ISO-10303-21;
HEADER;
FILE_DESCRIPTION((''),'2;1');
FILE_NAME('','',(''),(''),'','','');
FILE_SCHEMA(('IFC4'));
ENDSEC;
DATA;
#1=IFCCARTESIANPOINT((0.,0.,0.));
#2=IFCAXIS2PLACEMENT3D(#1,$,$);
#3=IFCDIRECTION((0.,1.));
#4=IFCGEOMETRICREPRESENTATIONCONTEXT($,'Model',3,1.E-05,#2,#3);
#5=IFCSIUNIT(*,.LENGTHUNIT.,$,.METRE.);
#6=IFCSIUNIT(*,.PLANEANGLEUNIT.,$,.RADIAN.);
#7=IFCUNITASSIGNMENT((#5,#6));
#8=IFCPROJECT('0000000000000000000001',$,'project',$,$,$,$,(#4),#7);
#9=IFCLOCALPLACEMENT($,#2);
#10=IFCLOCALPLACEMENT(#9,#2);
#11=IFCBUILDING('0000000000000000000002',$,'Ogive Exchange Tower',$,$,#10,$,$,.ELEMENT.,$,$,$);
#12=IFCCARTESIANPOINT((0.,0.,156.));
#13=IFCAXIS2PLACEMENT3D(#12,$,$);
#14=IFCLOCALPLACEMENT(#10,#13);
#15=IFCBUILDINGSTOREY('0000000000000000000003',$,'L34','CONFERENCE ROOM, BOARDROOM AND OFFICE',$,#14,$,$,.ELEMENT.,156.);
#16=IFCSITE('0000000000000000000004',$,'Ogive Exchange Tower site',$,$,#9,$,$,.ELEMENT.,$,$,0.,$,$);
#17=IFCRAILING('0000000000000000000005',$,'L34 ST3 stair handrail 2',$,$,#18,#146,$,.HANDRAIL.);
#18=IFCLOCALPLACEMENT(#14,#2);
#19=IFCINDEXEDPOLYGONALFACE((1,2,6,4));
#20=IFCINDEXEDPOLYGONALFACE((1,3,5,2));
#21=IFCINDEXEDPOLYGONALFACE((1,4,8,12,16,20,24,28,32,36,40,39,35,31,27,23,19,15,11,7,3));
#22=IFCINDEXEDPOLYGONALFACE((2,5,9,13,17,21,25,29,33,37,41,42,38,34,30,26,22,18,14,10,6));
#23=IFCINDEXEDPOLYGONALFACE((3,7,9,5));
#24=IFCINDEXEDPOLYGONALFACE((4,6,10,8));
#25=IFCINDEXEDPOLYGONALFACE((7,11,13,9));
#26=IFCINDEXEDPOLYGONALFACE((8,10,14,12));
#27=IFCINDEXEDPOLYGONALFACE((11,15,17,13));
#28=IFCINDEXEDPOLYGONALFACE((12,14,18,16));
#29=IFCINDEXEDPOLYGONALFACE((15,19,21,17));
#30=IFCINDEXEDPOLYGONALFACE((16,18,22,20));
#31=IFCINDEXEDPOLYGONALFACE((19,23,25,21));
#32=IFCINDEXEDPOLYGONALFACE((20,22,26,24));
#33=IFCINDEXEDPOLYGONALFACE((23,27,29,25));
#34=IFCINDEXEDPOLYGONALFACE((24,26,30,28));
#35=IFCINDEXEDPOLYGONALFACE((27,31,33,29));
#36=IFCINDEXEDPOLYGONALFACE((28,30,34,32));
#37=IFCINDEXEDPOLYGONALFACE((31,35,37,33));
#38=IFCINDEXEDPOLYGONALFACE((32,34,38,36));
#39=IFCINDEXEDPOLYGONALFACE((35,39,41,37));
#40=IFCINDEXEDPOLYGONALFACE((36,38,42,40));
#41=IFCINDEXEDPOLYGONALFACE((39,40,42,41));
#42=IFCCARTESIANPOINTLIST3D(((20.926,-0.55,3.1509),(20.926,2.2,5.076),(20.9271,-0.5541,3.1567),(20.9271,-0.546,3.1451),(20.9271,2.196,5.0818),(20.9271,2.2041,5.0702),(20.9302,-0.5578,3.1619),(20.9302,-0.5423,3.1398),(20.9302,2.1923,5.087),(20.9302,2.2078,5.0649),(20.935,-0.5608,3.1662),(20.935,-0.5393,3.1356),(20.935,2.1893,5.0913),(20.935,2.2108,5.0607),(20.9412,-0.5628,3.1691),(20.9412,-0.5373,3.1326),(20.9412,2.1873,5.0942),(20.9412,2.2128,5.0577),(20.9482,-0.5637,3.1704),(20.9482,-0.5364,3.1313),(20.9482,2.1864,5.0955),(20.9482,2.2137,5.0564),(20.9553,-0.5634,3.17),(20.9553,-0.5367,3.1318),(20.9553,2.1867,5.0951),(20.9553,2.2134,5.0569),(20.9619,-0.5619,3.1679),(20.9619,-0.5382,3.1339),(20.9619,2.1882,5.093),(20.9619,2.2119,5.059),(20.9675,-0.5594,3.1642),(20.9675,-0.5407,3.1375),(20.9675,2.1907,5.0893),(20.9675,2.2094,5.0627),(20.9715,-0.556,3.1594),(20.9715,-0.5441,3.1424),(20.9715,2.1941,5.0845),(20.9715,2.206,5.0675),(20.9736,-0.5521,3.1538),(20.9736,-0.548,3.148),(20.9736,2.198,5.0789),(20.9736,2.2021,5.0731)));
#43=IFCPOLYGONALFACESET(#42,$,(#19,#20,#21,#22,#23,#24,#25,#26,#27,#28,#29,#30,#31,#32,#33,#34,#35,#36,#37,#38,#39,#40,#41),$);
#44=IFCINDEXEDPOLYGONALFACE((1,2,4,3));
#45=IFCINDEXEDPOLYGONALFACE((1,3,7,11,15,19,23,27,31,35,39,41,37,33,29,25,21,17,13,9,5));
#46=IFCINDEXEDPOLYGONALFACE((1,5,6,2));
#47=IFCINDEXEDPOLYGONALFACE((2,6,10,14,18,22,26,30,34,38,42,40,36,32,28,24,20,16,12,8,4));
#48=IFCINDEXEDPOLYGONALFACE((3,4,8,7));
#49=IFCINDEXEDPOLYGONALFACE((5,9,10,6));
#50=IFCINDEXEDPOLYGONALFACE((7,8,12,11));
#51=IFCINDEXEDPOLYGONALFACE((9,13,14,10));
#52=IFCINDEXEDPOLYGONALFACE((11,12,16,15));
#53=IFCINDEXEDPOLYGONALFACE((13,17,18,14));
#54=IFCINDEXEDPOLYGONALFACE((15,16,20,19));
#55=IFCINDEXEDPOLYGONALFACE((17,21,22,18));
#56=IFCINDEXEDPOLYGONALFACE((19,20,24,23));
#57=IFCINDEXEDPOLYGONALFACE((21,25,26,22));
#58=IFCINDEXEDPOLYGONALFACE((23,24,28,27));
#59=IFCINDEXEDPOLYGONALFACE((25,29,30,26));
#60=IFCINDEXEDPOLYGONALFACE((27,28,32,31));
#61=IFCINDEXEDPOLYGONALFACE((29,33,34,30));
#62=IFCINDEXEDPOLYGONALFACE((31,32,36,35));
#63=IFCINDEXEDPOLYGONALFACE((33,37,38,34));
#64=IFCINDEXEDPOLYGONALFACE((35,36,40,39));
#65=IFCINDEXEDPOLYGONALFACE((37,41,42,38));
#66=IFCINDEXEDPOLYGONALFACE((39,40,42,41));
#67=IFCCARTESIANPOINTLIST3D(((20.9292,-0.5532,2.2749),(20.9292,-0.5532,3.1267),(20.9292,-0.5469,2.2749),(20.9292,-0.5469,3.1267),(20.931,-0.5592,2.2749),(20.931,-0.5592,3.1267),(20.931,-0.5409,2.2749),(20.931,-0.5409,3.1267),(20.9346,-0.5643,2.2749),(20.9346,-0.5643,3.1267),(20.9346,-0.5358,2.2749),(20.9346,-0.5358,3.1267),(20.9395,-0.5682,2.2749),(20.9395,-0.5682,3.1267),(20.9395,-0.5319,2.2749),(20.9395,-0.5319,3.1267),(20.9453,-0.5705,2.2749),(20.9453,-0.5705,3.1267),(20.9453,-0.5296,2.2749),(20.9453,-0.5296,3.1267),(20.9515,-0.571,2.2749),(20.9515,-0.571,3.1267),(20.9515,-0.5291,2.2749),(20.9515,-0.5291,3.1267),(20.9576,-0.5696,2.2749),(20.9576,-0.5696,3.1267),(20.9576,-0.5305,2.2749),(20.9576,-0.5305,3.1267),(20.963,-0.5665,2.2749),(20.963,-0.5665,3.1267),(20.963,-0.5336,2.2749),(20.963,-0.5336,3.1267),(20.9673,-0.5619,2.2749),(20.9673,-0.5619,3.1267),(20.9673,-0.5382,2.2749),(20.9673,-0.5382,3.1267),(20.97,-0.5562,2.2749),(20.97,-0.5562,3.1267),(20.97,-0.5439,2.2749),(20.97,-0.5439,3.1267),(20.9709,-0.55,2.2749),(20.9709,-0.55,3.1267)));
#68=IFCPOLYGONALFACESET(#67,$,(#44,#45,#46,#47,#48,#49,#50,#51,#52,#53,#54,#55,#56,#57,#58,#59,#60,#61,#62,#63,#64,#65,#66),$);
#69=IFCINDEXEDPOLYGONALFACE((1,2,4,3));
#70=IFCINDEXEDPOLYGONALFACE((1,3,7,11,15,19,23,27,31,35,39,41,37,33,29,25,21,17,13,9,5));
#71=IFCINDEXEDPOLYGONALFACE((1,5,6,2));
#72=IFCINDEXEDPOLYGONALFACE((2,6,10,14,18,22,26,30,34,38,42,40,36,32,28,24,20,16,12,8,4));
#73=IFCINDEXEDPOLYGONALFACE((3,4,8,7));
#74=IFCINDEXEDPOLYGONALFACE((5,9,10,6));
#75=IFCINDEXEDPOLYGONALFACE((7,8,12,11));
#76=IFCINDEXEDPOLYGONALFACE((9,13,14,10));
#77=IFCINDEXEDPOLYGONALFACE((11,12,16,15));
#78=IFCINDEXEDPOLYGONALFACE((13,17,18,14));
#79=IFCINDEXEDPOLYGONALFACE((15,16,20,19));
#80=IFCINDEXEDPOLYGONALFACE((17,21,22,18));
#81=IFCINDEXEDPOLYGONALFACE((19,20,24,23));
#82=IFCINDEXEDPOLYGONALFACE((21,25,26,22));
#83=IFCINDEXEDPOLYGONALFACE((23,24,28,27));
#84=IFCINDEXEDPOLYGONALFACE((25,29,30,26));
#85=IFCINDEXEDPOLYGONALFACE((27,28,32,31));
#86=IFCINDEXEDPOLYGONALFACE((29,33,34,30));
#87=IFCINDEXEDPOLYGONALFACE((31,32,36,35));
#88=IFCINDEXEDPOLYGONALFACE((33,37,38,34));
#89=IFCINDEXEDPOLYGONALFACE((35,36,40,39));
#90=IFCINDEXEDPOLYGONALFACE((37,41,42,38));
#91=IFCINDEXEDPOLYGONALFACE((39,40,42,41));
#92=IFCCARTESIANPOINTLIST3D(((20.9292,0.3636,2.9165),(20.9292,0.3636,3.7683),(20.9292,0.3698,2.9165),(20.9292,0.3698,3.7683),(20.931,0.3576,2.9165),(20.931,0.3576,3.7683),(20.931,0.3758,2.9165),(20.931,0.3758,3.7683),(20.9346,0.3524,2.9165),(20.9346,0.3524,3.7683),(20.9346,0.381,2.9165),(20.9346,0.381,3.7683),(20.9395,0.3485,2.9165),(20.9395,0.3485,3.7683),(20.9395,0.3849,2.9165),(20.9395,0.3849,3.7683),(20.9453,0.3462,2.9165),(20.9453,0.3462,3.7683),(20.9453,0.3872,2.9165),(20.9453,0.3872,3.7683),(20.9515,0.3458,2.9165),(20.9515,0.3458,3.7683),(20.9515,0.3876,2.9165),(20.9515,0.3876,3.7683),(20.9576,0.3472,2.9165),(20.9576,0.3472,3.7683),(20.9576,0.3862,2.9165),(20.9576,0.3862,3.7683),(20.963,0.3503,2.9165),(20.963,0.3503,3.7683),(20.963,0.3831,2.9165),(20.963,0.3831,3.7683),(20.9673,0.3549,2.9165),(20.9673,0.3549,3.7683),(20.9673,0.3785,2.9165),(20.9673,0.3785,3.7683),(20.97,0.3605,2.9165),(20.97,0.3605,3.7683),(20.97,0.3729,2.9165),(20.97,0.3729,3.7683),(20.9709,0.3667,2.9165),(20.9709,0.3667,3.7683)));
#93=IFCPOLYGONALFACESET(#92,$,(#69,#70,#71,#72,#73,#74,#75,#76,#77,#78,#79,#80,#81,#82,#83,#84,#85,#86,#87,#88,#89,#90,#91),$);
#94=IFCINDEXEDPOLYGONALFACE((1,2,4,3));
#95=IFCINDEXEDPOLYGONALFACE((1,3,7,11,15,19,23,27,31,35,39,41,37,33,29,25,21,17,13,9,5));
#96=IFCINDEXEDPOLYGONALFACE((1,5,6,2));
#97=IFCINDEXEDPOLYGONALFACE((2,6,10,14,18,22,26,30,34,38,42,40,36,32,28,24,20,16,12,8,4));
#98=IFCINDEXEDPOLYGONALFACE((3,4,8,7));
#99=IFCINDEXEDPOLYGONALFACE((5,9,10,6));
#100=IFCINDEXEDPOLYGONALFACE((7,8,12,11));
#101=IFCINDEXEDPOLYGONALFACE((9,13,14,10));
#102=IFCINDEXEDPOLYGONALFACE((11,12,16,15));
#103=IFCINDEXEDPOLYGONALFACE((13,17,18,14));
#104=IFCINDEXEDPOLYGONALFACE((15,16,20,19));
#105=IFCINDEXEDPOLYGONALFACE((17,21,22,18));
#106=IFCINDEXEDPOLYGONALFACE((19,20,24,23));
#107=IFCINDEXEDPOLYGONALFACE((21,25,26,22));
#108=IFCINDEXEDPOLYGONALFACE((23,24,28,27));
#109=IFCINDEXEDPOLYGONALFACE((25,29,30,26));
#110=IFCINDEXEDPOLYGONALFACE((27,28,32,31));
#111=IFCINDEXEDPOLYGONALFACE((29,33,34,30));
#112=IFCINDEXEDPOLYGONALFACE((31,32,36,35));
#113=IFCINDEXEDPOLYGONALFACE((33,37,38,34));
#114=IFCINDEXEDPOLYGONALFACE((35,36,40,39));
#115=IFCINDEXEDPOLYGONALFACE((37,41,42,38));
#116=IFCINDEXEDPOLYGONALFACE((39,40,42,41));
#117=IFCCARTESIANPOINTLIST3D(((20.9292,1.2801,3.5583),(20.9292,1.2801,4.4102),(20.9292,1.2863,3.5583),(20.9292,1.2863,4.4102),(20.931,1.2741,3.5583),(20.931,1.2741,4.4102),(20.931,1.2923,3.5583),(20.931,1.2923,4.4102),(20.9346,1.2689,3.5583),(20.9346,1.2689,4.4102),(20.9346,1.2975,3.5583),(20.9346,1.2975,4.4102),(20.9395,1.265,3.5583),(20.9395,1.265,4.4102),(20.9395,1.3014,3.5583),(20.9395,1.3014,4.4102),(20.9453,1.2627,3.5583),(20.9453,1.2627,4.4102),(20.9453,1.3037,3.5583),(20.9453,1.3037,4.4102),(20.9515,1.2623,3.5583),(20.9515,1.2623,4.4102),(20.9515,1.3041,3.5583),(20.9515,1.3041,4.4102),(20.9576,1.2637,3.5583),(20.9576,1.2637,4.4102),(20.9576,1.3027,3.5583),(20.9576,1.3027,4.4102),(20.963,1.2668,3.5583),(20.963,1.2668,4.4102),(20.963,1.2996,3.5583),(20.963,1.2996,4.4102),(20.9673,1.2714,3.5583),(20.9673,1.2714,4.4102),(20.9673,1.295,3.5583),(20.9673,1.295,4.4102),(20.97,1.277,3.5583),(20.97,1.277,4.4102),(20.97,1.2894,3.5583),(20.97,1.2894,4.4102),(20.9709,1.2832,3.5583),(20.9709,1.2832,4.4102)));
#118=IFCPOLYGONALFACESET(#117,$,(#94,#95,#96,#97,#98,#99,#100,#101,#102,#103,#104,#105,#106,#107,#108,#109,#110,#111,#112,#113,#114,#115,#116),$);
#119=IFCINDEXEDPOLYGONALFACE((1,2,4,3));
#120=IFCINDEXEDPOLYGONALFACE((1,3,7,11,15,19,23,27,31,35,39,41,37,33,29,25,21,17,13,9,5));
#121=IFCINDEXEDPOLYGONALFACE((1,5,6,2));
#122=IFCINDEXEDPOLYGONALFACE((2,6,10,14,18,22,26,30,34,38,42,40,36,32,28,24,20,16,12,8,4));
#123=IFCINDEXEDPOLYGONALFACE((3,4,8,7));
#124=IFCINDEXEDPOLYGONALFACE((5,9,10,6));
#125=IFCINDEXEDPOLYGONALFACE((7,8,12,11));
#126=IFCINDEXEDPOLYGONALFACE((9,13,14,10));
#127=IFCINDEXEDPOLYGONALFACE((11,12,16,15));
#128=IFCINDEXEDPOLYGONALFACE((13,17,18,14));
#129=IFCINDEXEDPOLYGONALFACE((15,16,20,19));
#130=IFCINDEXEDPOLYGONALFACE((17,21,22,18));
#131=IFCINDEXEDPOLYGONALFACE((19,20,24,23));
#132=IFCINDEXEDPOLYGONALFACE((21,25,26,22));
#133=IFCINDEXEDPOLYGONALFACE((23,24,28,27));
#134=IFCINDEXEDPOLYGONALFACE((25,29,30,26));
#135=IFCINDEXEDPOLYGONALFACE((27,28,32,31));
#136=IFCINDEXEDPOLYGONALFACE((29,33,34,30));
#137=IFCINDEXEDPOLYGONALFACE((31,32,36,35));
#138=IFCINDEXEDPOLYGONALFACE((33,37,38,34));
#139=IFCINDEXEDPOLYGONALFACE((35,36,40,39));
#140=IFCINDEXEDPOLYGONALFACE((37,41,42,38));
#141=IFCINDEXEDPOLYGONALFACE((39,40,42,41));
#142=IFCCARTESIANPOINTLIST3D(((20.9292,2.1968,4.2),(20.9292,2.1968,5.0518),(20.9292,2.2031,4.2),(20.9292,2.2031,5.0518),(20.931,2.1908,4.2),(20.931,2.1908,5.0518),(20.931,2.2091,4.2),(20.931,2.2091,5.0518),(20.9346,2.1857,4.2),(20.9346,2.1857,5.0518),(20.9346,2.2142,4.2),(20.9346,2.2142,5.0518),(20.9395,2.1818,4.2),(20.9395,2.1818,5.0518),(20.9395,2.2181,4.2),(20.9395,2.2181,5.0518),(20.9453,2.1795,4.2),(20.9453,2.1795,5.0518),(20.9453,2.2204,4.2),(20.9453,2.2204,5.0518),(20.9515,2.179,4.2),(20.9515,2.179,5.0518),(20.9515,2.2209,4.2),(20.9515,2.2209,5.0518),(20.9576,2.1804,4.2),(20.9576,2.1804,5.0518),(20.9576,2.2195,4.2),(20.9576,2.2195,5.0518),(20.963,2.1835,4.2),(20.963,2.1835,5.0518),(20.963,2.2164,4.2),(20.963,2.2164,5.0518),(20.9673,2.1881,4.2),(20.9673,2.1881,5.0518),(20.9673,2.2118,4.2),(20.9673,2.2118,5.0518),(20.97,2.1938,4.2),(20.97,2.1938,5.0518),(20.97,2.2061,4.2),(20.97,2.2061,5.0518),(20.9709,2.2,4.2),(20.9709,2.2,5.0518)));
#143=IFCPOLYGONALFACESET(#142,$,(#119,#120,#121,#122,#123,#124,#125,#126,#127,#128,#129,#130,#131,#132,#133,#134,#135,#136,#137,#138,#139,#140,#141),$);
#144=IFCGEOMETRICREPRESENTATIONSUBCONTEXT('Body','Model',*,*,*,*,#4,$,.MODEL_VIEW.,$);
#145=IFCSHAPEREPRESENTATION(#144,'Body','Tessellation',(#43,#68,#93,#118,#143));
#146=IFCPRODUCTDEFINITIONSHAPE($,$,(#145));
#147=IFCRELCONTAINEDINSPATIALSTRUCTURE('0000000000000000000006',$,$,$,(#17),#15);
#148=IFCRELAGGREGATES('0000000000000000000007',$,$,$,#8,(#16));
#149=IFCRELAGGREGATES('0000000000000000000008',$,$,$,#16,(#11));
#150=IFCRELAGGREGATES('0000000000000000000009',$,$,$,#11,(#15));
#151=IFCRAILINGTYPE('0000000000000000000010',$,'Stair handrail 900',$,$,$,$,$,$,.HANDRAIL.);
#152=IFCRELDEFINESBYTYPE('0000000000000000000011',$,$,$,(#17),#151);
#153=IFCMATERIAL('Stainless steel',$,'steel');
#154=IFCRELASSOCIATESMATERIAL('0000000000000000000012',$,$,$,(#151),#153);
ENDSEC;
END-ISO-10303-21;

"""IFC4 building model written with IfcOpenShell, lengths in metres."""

from ifc_helpers import new_model, si_unit, direction, frame, origin, origin_2d, place, context, subcontext, project, spatial, circle, extrude, material, type_object, element, save


model = new_model("IFC4")

# Units and contexts
model_context = context("Model", 3, precision=1e-05, world=origin(), true_north=direction((0.0, 1.0)))
body_context = subcontext(model_context, "Body", "Model", "MODEL_VIEW")
ifc_project = project(units=[si_unit("LENGTHUNIT", "METRE"), si_unit("PLANEANGLEUNIT", "RADIAN")], contexts=[model_context])

# Site, building, storey
site_placement = place(None, origin())
site = spatial("IfcSite", under=ifc_project, at=site_placement, Name="Ogive Exchange Tower site", CompositionType="ELEMENT", RefElevation=0.0)
building_placement = place(site_placement, origin())
building = spatial("IfcBuilding", under=site, at=building_placement, Name="Ogive Exchange Tower", CompositionType="ELEMENT")
storey_placement = place(building_placement, frame((0.0, 0.0, 156.0)))
storey = spatial("IfcBuildingStorey", under=building, at=storey_placement, Name="L34", Description="CONFERENCE ROOM, BOARDROOM AND OFFICE", CompositionType="ELEMENT", Elevation=156.0)

# Shared definitions
ifc_material_1 = material(Name="Stainless steel", Category="steel")

# Railing
railing_type = type_object("IfcRailingType", Name="Stair handrail 900", PredefinedType="HANDRAIL", material=ifc_material_1)
railing_placement = place(storey_placement, frame((20.95, -0.55, 2.2749)))
element("IfcRailing", 1, at=railing_placement, inside=storey, type_object=railing_type, Name="L34 ST3 stair handrail 2", PredefinedType="HANDRAIL", context=body_context, shape_type="SweptSolid", body=[
    extrude(circle(Radius=0.0239, at=origin_2d()), frame((0.0, 0.0, 0.876), z_axis=(0.0, 0.819225, 0.573472), x_axis=(-1.0, 0.0, 0.0)), (0.0, 0.0, 1.0), 3.3569),
    extrude(circle(Radius=0.021, at=origin_2d()), origin(), (0.0, 0.0, 1.0), 0.8518),
    extrude(circle(Radius=0.021, at=origin_2d()), frame((0.0, 0.9167, 0.6416)), (0.0, 0.0, 1.0), 0.8518),
    extrude(circle(Radius=0.021, at=origin_2d()), frame((0.0, 1.8333, 1.2834)), (0.0, 0.0, 1.0), 0.8518),
    extrude(circle(Radius=0.021, at=origin_2d()), frame((0.0, 2.75, 1.925)), (0.0, 0.0, 1.0), 0.8518),
])

save(model, "model.ifc")
